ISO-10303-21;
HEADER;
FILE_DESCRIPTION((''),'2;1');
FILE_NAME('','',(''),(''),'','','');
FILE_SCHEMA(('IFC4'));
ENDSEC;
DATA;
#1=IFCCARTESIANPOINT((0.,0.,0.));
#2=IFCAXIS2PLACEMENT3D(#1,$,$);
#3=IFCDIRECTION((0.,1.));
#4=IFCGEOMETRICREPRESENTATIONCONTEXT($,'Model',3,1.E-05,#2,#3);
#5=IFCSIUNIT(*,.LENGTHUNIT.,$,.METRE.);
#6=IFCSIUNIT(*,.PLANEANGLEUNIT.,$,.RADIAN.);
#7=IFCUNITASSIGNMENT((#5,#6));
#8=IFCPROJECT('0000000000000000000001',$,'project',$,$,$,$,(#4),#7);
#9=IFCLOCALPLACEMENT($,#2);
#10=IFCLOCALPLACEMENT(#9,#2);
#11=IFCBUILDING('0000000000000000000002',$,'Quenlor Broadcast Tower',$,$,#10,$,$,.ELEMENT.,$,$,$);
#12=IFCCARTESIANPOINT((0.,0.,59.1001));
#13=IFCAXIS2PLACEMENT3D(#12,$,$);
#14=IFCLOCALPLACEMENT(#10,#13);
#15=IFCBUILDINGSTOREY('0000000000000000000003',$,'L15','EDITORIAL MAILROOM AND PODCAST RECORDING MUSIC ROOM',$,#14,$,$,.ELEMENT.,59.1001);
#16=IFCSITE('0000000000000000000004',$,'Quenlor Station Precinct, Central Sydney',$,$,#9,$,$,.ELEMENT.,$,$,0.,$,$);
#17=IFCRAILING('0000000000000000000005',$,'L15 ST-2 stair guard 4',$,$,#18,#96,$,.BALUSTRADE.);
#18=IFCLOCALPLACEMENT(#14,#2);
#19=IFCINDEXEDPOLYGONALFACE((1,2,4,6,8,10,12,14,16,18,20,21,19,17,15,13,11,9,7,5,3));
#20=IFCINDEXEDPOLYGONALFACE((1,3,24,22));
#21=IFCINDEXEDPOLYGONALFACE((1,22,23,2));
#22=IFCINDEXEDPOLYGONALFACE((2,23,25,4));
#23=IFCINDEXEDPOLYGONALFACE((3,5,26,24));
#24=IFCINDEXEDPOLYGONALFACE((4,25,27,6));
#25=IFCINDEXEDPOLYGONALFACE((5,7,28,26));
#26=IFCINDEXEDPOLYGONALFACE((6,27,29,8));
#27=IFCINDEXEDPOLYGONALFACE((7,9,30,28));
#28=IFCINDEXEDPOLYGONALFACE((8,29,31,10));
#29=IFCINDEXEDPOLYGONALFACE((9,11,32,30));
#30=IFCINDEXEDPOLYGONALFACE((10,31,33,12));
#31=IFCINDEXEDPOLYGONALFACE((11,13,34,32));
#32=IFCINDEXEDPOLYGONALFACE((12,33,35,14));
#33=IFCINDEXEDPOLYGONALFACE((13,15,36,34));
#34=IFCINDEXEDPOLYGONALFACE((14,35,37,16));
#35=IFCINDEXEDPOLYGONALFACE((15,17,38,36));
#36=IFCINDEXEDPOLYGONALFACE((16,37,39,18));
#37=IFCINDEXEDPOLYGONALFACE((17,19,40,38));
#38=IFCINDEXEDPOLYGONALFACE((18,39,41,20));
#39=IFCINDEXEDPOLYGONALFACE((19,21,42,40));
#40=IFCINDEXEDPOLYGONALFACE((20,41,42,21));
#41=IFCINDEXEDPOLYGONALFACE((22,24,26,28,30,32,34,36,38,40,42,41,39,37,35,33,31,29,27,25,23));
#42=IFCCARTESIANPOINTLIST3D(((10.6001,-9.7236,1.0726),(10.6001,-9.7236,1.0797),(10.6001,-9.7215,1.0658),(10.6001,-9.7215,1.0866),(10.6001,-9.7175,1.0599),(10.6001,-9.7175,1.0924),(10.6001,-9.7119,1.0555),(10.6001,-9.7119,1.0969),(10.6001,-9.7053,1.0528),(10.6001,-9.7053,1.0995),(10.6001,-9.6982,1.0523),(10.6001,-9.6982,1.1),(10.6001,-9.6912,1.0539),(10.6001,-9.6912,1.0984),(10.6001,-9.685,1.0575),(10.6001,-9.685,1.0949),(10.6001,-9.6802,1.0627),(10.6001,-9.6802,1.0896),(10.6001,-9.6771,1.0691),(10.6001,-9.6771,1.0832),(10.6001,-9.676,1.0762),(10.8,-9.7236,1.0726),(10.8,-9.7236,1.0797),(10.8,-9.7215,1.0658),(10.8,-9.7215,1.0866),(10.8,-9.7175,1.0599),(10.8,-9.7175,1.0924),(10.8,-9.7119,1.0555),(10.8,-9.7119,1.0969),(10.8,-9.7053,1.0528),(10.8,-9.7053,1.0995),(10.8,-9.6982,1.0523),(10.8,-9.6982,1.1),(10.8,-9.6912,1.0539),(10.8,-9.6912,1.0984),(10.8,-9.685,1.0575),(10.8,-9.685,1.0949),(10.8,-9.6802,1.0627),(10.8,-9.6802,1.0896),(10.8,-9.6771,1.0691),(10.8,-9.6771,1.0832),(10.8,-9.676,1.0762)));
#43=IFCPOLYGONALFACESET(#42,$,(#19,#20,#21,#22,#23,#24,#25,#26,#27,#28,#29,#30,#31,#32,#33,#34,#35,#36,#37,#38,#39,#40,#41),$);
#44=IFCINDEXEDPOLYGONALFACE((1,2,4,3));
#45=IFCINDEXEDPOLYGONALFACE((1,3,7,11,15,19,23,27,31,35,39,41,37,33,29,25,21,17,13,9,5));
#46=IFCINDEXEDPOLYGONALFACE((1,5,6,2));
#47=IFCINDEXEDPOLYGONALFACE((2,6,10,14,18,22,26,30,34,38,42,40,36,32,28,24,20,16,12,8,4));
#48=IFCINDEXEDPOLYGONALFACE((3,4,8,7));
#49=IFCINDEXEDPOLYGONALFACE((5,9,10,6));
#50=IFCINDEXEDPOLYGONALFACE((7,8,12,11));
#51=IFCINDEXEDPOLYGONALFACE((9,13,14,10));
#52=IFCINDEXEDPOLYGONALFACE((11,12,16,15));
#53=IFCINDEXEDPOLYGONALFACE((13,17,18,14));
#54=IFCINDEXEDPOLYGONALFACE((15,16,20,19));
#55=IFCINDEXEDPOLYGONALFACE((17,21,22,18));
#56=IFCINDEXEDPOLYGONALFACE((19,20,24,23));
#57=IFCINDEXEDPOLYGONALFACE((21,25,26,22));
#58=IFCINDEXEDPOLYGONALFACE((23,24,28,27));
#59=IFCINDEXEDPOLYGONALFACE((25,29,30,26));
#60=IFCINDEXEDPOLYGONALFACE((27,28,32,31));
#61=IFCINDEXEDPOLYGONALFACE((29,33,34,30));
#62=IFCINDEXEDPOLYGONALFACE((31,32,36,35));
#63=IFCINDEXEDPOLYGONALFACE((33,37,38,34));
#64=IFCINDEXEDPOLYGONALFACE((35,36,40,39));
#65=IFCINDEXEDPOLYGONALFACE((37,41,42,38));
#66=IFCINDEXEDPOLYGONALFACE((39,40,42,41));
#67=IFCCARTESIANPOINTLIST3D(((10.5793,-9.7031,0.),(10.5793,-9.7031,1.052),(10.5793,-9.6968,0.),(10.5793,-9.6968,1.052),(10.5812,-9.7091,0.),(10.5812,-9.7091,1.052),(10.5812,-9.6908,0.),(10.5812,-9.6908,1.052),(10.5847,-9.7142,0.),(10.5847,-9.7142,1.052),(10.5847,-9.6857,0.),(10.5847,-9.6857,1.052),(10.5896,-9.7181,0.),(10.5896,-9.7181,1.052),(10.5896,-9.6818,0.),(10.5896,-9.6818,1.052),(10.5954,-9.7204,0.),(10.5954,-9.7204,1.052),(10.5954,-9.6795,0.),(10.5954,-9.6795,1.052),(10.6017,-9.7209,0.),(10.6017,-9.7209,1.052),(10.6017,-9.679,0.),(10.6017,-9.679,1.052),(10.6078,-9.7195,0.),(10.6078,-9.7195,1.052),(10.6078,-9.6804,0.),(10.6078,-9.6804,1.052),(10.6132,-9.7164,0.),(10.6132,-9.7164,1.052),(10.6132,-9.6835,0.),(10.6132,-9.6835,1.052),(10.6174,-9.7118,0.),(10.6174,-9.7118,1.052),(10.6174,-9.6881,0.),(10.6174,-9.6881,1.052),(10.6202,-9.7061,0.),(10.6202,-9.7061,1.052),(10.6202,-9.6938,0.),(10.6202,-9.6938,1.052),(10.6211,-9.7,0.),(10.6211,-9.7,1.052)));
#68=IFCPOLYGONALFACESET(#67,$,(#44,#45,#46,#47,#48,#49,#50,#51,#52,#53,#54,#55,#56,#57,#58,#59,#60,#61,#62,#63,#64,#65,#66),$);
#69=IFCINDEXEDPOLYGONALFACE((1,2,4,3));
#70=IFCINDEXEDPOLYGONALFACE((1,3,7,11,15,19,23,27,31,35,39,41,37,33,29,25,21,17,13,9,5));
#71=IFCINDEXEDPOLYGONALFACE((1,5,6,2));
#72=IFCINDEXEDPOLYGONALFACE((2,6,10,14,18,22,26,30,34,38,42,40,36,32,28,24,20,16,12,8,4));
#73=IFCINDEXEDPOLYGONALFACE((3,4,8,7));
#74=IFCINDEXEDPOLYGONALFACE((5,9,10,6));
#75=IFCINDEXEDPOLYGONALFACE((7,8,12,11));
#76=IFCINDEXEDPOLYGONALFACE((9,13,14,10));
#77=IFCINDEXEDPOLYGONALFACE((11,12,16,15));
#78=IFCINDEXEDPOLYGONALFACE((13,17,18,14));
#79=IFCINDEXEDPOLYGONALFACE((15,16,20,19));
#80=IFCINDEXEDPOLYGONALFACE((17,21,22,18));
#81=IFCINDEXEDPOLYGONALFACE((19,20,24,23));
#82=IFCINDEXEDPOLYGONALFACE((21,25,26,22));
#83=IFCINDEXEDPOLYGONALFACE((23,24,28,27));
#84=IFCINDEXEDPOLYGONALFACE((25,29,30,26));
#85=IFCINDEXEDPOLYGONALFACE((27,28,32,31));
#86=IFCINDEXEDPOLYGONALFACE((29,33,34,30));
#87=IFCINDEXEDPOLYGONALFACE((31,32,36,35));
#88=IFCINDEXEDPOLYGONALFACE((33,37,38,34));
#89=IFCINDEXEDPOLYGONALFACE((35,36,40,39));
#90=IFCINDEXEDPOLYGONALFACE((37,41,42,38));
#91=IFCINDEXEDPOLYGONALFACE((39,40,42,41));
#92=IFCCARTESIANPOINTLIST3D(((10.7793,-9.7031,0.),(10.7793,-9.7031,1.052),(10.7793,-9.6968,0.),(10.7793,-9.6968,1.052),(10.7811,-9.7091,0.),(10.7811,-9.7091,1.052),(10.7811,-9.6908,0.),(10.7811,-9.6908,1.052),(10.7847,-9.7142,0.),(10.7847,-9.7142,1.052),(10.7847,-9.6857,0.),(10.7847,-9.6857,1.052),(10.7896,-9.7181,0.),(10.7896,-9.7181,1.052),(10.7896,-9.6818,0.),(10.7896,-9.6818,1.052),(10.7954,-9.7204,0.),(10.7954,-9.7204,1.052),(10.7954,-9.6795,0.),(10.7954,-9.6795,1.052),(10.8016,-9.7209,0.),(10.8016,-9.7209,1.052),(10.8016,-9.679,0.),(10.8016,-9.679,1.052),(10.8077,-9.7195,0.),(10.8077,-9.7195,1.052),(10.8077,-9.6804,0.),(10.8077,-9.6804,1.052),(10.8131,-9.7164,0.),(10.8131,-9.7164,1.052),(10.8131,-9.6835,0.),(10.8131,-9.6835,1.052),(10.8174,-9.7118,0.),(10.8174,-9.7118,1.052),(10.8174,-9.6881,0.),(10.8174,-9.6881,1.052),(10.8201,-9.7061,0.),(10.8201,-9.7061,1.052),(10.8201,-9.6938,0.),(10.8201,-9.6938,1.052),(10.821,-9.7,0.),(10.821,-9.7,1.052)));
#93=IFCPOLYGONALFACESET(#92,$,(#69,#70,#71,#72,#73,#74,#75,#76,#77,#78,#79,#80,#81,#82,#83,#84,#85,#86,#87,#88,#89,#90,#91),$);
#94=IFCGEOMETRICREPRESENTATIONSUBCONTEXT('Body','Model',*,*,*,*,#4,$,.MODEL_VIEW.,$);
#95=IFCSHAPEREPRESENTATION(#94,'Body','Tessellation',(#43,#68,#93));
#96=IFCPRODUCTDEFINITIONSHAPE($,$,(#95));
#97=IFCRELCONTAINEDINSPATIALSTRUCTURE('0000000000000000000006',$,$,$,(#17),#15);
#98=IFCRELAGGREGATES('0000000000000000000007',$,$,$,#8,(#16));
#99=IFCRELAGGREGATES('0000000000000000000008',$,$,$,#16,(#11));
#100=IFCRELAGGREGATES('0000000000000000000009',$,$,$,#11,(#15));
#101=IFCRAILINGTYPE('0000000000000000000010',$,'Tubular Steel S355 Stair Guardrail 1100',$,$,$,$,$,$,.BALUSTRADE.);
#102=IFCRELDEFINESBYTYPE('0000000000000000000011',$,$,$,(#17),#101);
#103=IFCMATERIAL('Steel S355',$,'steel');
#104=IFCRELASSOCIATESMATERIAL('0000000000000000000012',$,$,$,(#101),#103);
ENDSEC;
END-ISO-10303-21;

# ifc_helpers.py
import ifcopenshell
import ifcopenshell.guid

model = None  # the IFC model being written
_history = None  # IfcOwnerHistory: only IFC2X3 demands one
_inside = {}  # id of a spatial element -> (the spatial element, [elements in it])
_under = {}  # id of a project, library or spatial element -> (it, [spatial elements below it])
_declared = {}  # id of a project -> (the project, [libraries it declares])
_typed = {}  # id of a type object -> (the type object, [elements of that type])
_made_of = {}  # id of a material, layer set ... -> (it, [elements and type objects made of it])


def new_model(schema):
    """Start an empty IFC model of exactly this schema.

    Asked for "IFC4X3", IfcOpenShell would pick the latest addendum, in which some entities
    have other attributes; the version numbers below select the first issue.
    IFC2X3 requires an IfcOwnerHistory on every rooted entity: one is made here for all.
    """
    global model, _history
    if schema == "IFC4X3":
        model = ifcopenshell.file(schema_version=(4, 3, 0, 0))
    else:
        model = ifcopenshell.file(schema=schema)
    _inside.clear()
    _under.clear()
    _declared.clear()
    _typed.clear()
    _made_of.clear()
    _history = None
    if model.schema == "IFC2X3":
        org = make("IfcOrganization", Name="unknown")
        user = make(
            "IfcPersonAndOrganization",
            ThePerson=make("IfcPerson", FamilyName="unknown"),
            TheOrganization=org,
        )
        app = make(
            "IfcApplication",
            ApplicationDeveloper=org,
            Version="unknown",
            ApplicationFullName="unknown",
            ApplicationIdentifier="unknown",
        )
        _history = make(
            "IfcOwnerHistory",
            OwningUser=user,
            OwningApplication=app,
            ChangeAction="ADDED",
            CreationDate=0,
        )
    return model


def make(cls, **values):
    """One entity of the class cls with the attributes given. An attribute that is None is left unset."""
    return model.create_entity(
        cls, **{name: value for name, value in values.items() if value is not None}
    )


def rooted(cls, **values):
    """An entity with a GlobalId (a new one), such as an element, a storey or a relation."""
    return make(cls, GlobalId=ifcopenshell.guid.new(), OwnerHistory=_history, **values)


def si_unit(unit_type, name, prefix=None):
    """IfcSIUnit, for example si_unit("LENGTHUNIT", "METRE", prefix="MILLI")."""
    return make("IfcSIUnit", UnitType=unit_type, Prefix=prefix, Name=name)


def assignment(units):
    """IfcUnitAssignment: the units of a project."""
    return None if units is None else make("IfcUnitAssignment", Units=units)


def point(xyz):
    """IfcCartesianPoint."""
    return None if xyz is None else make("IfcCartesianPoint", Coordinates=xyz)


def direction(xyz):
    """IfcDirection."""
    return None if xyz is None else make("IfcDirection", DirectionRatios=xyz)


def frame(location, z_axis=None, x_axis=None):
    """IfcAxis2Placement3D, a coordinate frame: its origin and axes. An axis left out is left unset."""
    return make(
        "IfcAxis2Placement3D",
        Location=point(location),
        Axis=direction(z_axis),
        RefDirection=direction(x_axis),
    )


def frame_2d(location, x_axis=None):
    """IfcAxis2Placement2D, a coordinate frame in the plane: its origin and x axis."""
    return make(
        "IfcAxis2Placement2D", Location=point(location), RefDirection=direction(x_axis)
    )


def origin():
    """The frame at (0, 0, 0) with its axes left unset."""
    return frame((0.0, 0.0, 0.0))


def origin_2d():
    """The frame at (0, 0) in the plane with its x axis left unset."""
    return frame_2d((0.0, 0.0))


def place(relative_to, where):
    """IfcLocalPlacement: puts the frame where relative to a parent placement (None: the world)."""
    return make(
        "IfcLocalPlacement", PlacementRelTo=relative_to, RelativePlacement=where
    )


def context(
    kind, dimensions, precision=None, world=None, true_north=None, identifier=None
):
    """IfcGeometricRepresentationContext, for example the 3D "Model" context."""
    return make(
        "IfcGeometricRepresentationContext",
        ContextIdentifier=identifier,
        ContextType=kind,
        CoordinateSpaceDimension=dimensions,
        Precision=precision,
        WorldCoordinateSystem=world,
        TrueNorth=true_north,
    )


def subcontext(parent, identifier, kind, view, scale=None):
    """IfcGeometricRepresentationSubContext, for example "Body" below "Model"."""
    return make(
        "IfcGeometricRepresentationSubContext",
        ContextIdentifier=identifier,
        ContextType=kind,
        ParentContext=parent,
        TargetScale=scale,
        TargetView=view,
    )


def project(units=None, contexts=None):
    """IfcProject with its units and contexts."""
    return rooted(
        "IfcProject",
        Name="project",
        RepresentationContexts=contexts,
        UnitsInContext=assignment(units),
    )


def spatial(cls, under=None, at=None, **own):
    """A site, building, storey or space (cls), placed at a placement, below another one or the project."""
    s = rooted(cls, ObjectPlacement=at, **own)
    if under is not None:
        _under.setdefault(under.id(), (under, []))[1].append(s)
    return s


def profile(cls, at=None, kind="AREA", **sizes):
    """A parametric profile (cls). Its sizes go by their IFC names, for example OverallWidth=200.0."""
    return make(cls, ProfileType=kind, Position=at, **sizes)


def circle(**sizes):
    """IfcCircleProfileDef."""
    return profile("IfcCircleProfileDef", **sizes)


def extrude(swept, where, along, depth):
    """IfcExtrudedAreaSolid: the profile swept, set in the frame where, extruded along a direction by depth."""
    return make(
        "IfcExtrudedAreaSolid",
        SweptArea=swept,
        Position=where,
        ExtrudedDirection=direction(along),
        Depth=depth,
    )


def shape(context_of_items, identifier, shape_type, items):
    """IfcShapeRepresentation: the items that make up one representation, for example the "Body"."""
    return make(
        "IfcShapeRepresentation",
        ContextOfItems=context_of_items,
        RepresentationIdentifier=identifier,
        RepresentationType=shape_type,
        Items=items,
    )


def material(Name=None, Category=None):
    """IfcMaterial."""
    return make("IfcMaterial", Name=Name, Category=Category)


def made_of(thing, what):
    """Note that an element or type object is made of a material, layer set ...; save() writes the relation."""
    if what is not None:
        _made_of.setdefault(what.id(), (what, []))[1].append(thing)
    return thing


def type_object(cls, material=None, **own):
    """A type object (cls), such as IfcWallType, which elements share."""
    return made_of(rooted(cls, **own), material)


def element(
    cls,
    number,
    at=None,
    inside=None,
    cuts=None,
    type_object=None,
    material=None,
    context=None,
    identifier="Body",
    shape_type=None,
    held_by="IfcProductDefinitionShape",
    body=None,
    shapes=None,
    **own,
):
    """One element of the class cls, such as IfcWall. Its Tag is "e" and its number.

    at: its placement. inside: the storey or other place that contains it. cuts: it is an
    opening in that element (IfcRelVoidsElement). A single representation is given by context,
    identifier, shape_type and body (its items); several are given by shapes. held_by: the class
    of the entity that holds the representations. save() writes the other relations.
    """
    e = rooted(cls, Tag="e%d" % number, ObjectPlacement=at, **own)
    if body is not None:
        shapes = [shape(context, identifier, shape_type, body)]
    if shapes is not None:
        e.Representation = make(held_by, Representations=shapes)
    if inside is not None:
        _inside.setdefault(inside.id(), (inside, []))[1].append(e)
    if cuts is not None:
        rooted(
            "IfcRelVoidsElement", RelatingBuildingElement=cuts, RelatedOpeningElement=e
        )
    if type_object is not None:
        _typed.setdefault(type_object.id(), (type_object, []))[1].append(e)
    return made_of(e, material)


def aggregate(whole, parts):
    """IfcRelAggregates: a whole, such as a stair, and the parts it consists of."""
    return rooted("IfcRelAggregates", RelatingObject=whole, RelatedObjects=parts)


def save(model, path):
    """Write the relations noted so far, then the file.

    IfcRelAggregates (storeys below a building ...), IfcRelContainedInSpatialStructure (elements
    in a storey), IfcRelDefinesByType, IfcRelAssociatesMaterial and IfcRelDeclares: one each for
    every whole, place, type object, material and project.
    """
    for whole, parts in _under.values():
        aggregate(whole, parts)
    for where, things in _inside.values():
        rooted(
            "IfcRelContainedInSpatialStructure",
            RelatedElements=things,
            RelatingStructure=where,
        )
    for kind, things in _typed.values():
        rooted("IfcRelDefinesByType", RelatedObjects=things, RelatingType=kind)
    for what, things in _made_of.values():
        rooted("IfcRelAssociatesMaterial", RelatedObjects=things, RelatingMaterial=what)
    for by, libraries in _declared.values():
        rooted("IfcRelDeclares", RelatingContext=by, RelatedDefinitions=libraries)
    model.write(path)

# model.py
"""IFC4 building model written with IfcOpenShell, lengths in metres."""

from ifc_helpers import new_model, si_unit, direction, frame, origin, origin_2d, place, context, subcontext, project, spatial, circle, extrude, material, type_object, element, save


model = new_model("IFC4")

# Units and contexts
model_context = context("Model", 3, precision=1e-05, world=origin(), true_north=direction((0.0, 1.0)))
body_context = subcontext(model_context, "Body", "Model", "MODEL_VIEW")
ifc_project = project(units=[si_unit("LENGTHUNIT", "METRE"), si_unit("PLANEANGLEUNIT", "RADIAN")], contexts=[model_context])

# Site, building, storey
site_placement = place(None, origin())
site = spatial("IfcSite", under=ifc_project, at=site_placement, Name="Quenlor Station Precinct, Central Sydney", CompositionType="ELEMENT", RefElevation=0.0)
building_placement = place(site_placement, origin())
building = spatial("IfcBuilding", under=site, at=building_placement, Name="Quenlor Broadcast Tower", CompositionType="ELEMENT")
storey_placement = place(building_placement, frame((0.0, 0.0, 59.1001)))
storey = spatial("IfcBuildingStorey", under=building, at=storey_placement, Name="L15", Description="EDITORIAL MAILROOM AND PODCAST RECORDING MUSIC ROOM", CompositionType="ELEMENT", Elevation=59.1001)

# Railing
ifc_material_1 = material(Name="Steel S355", Category="steel")
railing_type_1 = type_object("IfcRailingType", Name="Tubular Steel S355 Stair Guardrail 1100", PredefinedType="BALUSTRADE", material=ifc_material_1)
railing_1_placement = place(storey_placement, frame((10.6001, -9.7, 0.0)))
element("IfcRailing", 1, at=railing_1_placement, inside=storey, type_object=railing_type_1, Name="L15 ST-2 stair guard 4", PredefinedType="BALUSTRADE", context=body_context, shape_type="SweptSolid", body=[
    extrude(circle(Radius=0.0239, at=origin_2d()), frame((0.0, 0.0, 1.0762), z_axis=(1.0, 0.0, 0.0), x_axis=(0.0, 1.0, 0.0)), (0.0, 0.0, 1.0), 0.2),
    extrude(circle(Radius=0.021, at=origin_2d()), origin(), (0.0, 0.0, 1.0), 1.052),
    extrude(circle(Radius=0.021, at=origin_2d()), frame((0.2, 0.0, 0.0)), (0.0, 0.0, 1.0), 1.052),
])

save(model, "model.ifc")
